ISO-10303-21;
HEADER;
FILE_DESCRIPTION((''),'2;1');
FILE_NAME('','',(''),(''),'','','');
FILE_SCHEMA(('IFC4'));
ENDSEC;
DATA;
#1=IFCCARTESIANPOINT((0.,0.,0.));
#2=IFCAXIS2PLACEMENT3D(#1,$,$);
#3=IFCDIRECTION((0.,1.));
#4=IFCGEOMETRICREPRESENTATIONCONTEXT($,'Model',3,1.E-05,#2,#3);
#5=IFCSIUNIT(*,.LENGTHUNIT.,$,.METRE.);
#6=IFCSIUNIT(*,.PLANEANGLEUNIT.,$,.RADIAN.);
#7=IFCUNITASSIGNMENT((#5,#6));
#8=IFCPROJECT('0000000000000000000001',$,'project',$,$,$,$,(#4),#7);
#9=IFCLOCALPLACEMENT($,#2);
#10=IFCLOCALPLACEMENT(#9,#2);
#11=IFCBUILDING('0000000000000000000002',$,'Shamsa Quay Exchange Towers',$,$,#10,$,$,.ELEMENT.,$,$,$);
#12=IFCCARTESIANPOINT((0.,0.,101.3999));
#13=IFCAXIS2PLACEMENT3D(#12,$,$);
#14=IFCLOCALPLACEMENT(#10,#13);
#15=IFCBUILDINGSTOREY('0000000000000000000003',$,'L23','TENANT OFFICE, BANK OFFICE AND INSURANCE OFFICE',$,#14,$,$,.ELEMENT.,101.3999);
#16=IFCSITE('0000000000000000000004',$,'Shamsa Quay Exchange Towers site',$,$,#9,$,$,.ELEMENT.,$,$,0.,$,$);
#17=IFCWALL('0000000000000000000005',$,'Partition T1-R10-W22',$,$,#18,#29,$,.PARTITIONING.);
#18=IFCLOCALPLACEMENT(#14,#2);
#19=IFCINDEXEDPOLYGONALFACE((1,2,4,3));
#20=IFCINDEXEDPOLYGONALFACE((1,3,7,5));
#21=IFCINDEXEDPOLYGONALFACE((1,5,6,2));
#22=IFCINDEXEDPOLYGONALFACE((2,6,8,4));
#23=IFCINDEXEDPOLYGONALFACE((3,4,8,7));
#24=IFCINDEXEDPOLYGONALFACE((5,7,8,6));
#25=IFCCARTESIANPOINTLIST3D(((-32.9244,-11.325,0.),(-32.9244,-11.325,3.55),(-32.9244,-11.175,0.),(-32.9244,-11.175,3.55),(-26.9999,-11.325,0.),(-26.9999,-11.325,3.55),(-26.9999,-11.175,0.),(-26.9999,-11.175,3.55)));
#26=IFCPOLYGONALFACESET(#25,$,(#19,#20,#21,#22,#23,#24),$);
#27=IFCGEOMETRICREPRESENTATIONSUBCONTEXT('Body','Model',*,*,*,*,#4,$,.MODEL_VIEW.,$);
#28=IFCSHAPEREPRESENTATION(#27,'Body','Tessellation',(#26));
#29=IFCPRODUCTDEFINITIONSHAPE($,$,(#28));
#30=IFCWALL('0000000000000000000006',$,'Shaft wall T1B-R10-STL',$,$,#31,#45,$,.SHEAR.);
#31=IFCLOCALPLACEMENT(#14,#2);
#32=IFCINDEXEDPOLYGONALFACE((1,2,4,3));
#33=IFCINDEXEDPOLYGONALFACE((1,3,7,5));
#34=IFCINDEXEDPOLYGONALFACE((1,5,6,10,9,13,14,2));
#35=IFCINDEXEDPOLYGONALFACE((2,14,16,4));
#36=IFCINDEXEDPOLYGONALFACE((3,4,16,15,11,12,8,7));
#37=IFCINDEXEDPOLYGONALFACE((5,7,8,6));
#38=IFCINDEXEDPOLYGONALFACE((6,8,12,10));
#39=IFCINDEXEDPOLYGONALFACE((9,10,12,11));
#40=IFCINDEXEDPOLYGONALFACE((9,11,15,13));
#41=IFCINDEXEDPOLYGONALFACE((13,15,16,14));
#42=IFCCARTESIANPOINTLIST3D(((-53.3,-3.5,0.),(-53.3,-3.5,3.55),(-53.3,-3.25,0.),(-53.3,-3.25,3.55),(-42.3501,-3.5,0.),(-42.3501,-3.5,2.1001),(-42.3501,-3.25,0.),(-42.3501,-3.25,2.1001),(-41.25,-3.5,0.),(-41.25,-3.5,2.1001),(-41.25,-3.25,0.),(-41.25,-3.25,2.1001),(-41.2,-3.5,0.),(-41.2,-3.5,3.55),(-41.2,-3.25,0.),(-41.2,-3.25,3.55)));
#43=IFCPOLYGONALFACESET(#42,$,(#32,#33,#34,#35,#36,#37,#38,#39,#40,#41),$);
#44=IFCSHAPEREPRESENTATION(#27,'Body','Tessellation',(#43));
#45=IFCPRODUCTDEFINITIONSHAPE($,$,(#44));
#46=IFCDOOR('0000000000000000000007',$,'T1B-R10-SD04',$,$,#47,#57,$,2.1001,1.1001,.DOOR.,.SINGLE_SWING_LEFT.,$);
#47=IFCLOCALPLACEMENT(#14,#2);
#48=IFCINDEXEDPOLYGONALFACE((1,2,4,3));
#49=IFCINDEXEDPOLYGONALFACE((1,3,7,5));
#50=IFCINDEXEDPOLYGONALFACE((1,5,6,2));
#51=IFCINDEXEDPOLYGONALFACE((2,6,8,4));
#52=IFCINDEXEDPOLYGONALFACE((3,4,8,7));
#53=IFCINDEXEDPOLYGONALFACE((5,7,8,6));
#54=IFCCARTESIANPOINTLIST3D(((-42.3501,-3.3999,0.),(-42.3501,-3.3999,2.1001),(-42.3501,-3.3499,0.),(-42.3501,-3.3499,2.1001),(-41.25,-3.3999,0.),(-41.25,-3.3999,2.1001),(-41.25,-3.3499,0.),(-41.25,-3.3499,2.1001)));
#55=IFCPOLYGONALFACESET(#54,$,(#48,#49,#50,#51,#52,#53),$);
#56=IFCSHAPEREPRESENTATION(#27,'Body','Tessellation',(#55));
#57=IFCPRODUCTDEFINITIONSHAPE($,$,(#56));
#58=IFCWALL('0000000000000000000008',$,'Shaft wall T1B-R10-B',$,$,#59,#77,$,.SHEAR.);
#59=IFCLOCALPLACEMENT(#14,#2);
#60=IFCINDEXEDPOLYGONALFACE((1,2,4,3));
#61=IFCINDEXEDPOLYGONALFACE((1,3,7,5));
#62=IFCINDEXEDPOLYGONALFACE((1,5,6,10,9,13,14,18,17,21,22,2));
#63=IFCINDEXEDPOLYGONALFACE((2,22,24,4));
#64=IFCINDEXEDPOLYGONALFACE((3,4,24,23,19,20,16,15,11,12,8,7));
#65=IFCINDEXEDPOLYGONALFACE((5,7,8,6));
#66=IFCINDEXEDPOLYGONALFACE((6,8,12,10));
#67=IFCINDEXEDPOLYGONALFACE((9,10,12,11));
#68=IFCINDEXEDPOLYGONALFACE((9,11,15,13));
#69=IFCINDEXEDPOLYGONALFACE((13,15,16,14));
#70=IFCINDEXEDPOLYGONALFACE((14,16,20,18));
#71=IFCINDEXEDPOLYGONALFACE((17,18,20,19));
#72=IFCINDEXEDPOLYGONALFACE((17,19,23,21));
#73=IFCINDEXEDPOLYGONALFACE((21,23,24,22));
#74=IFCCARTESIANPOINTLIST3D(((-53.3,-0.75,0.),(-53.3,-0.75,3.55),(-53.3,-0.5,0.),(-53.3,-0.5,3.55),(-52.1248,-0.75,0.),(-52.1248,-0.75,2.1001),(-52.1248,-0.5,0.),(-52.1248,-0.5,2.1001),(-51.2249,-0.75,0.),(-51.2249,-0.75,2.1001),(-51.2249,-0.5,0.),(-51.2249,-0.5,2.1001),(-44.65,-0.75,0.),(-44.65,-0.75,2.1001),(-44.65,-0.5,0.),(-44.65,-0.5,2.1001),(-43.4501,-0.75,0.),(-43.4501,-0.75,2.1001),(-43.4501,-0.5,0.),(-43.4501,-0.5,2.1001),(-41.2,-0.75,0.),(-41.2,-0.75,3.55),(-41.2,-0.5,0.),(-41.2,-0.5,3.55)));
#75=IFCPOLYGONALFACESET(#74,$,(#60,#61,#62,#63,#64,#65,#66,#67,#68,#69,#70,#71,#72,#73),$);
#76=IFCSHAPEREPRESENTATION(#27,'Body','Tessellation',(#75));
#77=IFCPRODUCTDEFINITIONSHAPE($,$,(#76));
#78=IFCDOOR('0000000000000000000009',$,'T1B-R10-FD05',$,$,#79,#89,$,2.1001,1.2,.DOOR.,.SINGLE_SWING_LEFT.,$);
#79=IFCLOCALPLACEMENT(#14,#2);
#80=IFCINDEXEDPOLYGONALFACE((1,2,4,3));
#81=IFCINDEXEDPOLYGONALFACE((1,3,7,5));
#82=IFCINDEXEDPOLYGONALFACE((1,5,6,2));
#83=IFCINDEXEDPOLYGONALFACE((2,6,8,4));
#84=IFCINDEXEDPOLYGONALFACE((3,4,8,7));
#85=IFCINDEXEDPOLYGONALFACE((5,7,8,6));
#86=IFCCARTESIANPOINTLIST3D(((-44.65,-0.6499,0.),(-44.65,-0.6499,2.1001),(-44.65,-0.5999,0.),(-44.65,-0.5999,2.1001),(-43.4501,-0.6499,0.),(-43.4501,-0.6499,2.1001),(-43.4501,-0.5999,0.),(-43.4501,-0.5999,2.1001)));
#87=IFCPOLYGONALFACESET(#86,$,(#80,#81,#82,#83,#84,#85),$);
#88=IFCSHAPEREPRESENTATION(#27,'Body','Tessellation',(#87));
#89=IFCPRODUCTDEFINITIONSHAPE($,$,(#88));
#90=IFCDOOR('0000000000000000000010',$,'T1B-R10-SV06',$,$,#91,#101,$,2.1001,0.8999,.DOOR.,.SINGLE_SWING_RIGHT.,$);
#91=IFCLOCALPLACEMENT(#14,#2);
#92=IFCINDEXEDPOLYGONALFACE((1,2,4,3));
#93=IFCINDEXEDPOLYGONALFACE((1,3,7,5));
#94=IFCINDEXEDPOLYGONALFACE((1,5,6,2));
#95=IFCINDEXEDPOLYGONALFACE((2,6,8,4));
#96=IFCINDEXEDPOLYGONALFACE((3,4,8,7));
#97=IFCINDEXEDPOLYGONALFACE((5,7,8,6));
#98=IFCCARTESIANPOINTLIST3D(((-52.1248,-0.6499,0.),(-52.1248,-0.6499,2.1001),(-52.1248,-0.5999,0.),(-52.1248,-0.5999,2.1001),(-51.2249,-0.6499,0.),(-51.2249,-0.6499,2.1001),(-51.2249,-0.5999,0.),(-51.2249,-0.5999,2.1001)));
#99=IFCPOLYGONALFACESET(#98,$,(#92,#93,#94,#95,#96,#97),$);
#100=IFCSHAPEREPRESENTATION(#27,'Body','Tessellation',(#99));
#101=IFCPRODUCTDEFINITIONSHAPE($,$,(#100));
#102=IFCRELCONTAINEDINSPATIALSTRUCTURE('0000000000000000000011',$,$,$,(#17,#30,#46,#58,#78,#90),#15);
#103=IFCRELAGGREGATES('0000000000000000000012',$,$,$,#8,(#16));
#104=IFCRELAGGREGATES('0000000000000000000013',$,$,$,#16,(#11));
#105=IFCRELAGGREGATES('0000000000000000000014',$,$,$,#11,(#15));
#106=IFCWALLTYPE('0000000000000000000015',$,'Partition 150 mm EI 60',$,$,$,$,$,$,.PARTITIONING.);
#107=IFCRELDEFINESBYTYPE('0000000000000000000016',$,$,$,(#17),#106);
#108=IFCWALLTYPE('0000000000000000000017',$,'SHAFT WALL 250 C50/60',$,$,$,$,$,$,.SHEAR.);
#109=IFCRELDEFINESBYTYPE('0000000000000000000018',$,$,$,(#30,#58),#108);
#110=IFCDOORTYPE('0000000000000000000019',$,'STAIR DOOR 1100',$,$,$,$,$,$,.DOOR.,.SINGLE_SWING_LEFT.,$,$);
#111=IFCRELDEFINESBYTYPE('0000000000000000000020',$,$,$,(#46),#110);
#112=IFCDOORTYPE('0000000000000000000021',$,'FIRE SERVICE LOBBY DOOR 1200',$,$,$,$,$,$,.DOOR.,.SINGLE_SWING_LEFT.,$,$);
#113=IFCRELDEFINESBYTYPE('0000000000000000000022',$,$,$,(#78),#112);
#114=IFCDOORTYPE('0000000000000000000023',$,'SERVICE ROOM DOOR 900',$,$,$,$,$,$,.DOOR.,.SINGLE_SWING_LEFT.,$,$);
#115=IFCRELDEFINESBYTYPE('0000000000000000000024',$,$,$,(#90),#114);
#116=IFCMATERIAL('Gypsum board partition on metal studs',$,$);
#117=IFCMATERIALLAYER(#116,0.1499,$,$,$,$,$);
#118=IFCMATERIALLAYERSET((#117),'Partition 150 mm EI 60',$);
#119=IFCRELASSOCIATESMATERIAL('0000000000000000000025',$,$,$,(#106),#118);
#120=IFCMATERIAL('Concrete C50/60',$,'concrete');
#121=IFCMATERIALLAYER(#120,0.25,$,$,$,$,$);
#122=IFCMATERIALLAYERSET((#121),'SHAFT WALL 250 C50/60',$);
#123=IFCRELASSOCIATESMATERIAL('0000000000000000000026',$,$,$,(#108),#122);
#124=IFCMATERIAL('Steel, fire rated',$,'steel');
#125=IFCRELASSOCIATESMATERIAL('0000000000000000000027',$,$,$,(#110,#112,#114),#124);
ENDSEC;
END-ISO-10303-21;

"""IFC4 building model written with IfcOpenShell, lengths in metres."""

from ifc_helpers import new_model, si_unit, direction, frame, frame_2d, origin, place, context, subcontext, project, spatial, rectangle, extrude, material, layer, layer_set, type_object, element, fill, save


model = new_model("IFC4")

# Units and contexts
model_context = context("Model", 3, precision=1e-05, world=origin(), true_north=direction((0.0, 1.0)))
body_context = subcontext(model_context, "Body", "Model", "MODEL_VIEW")
ifc_project = project(units=[si_unit("LENGTHUNIT", "METRE"), si_unit("PLANEANGLEUNIT", "RADIAN")], contexts=[model_context])

# Site, building, storey
site_placement = place(None, origin())
site = spatial("IfcSite", under=ifc_project, at=site_placement, Name="Shamsa Quay Exchange Towers site", CompositionType="ELEMENT", RefElevation=0.0)
building_placement = place(site_placement, origin())
building = spatial("IfcBuilding", under=site, at=building_placement, Name="Shamsa Quay Exchange Towers", CompositionType="ELEMENT")
storey_placement = place(building_placement, frame((0.0, 0.0, 101.3999)))
storey = spatial("IfcBuildingStorey", under=building, at=storey_placement, Name="L23", Description="TENANT OFFICE, BANK OFFICE AND INSURANCE OFFICE", CompositionType="ELEMENT", Elevation=101.3999)

# Shared definitions
ifc_material_1 = material(Name="Steel, fire rated", Category="steel")
ifc_material_2 = material(Name="Gypsum board partition on metal studs")
ifc_layer_1 = layer(ifc_material_2, 0.1499)
ifc_layer_set_1 = layer_set([ifc_layer_1], Name="Partition 150 mm EI 60")
wall_type_1 = type_object("IfcWallType", Name="Partition 150 mm EI 60", PredefinedType="PARTITIONING", material=ifc_layer_set_1)

# Wall
wall_1_placement = place(storey_placement, frame((-32.9246, -11.25, 0.0)))
element("IfcWall", 1, at=wall_1_placement, inside=storey, type_object=wall_type_1, Name="Partition T1-R10-W22", PredefinedType="PARTITIONING", context=body_context, shape_type="SweptSolid", body=[
    extrude(rectangle(XDim=5.9246, YDim=0.1499, at=frame_2d((2.9624, 0.0))), origin(), (0.0, 0.0, 1.0), 3.55),
])

# Wall, opening, door
ifc_material_3 = material(Name="Concrete C50/60", Category="concrete")
ifc_layer_2 = layer(ifc_material_3, 0.25)
ifc_layer_set_2 = layer_set([ifc_layer_2], Name="SHAFT WALL 250 C50/60")
wall_type_2 = type_object("IfcWallType", Name="SHAFT WALL 250 C50/60", PredefinedType="SHEAR", material=ifc_layer_set_2)
wall_2_placement = place(storey_placement, frame((-41.2, -3.375, 0.0), z_axis=(0.0, 0.0, 1.0), x_axis=(-1.0, 0.0, 0.0)))
wall_2 = element("IfcWall", 2, at=wall_2_placement, inside=storey, type_object=wall_type_2, Name="Shaft wall T1B-R10-STL", PredefinedType="SHEAR", context=body_context, shape_type="SweptSolid", body=[
    extrude(rectangle(XDim=12.1001, YDim=0.25, at=frame_2d((6.05, 0.0))), origin(), (0.0, 0.0, 1.0), 3.55),
])
opening_1_placement = place(wall_2_placement, frame((0.05, 0.0, 0.0)))
opening_1 = element("IfcOpeningElement", 3, at=opening_1_placement, cuts=wall_2, PredefinedType="OPENING", context=body_context, shape_type="SweptSolid", body=[
    extrude(rectangle(XDim=1.1001, YDim=2.1001, at=frame_2d((0.55, 1.05))), frame((0.0, 0.135, 0.0), z_axis=(0.0, -1.0, 0.0), x_axis=(1.0, 0.0, 0.0)), (0.0, 0.0, 1.0), 0.27),
])
door_type_1 = type_object("IfcDoorType", Name="STAIR DOOR 1100", OperationType="SINGLE_SWING_LEFT", PredefinedType="DOOR", material=ifc_material_1)
door_1_placement = place(opening_1_placement, origin())
door_1 = element("IfcDoor", 4, at=door_1_placement, inside=storey, type_object=door_type_1, Name="T1B-R10-SD04", OperationType="SINGLE_SWING_LEFT", OverallHeight=2.1001, OverallWidth=1.1001, PredefinedType="DOOR", context=body_context, shape_type="SweptSolid", body=[
    extrude(rectangle(XDim=1.1001, YDim=2.1001, at=frame_2d((0.55, 1.05))), frame((0.0, 0.0249, 0.0), z_axis=(0.0, -1.0, 0.0), x_axis=(1.0, 0.0, 0.0)), (0.0, 0.0, 1.0), 0.05),
])
fill(opening_1, door_1)

# Wall, openings, doors
wall_3_placement = place(storey_placement, frame((-41.2, -0.625, 0.0), z_axis=(0.0, 0.0, 1.0), x_axis=(-1.0, 0.0, 0.0)))
wall_3 = element("IfcWall", 5, at=wall_3_placement, inside=storey, type_object=wall_type_2, Name="Shaft wall T1B-R10-B", PredefinedType="SHEAR", context=body_context, shape_type="SweptSolid", body=[
    extrude(rectangle(XDim=12.1001, YDim=0.25, at=frame_2d((6.05, 0.0))), origin(), (0.0, 0.0, 1.0), 3.55),
])
opening_2_placement = place(wall_3_placement, frame((2.25, 0.0, 0.0)))
opening_2 = element("IfcOpeningElement", 6, at=opening_2_placement, cuts=wall_3, PredefinedType="OPENING", context=body_context, shape_type="SweptSolid", body=[
    extrude(rectangle(XDim=1.2, YDim=2.1001, at=frame_2d((0.6001, 1.05))), frame((0.0, 0.135, 0.0), z_axis=(0.0, -1.0, 0.0), x_axis=(1.0, 0.0, 0.0)), (0.0, 0.0, 1.0), 0.27),
])
opening_3_placement = place(wall_3_placement, frame((10.0249, 0.0, 0.0)))
opening_3 = element("IfcOpeningElement", 7, at=opening_3_placement, cuts=wall_3, PredefinedType="OPENING", context=body_context, shape_type="SweptSolid", body=[
    extrude(rectangle(XDim=0.8999, YDim=2.1001, at=frame_2d((0.45, 1.05))), frame((0.0, 0.135, 0.0), z_axis=(0.0, -1.0, 0.0), x_axis=(1.0, 0.0, 0.0)), (0.0, 0.0, 1.0), 0.27),
])
door_type_2 = type_object("IfcDoorType", Name="FIRE SERVICE LOBBY DOOR 1200", OperationType="SINGLE_SWING_LEFT", PredefinedType="DOOR", material=ifc_material_1)
door_2_placement = place(opening_2_placement, origin())
door_2 = element("IfcDoor", 8, at=door_2_placement, inside=storey, type_object=door_type_2, Name="T1B-R10-FD05", OperationType="SINGLE_SWING_LEFT", OverallHeight=2.1001, OverallWidth=1.2, PredefinedType="DOOR", context=body_context, shape_type="SweptSolid", body=[
    extrude(rectangle(XDim=1.2, YDim=2.1001, at=frame_2d((0.6001, 1.05))), frame((0.0, 0.0249, 0.0), z_axis=(0.0, -1.0, 0.0), x_axis=(1.0, 0.0, 0.0)), (0.0, 0.0, 1.0), 0.05),
])
fill(opening_2, door_2)
door_type_3 = type_object("IfcDoorType", Name="SERVICE ROOM DOOR 900", OperationType="SINGLE_SWING_LEFT", PredefinedType="DOOR", material=ifc_material_1)
door_3_placement = place(opening_3_placement, origin())
door_3 = element("IfcDoor", 9, at=door_3_placement, inside=storey, type_object=door_type_3, Name="T1B-R10-SV06", OperationType="SINGLE_SWING_RIGHT", OverallHeight=2.1001, OverallWidth=0.8999, PredefinedType="DOOR", context=body_context, shape_type="SweptSolid", body=[
    extrude(rectangle(XDim=0.8999, YDim=2.1001, at=frame_2d((0.45, 1.05))), frame((0.0, 0.0249, 0.0), z_axis=(0.0, -1.0, 0.0), x_axis=(1.0, 0.0, 0.0)), (0.0, 0.0, 1.0), 0.05),
])
fill(opening_3, door_3)

save(model, "model.ifc")
